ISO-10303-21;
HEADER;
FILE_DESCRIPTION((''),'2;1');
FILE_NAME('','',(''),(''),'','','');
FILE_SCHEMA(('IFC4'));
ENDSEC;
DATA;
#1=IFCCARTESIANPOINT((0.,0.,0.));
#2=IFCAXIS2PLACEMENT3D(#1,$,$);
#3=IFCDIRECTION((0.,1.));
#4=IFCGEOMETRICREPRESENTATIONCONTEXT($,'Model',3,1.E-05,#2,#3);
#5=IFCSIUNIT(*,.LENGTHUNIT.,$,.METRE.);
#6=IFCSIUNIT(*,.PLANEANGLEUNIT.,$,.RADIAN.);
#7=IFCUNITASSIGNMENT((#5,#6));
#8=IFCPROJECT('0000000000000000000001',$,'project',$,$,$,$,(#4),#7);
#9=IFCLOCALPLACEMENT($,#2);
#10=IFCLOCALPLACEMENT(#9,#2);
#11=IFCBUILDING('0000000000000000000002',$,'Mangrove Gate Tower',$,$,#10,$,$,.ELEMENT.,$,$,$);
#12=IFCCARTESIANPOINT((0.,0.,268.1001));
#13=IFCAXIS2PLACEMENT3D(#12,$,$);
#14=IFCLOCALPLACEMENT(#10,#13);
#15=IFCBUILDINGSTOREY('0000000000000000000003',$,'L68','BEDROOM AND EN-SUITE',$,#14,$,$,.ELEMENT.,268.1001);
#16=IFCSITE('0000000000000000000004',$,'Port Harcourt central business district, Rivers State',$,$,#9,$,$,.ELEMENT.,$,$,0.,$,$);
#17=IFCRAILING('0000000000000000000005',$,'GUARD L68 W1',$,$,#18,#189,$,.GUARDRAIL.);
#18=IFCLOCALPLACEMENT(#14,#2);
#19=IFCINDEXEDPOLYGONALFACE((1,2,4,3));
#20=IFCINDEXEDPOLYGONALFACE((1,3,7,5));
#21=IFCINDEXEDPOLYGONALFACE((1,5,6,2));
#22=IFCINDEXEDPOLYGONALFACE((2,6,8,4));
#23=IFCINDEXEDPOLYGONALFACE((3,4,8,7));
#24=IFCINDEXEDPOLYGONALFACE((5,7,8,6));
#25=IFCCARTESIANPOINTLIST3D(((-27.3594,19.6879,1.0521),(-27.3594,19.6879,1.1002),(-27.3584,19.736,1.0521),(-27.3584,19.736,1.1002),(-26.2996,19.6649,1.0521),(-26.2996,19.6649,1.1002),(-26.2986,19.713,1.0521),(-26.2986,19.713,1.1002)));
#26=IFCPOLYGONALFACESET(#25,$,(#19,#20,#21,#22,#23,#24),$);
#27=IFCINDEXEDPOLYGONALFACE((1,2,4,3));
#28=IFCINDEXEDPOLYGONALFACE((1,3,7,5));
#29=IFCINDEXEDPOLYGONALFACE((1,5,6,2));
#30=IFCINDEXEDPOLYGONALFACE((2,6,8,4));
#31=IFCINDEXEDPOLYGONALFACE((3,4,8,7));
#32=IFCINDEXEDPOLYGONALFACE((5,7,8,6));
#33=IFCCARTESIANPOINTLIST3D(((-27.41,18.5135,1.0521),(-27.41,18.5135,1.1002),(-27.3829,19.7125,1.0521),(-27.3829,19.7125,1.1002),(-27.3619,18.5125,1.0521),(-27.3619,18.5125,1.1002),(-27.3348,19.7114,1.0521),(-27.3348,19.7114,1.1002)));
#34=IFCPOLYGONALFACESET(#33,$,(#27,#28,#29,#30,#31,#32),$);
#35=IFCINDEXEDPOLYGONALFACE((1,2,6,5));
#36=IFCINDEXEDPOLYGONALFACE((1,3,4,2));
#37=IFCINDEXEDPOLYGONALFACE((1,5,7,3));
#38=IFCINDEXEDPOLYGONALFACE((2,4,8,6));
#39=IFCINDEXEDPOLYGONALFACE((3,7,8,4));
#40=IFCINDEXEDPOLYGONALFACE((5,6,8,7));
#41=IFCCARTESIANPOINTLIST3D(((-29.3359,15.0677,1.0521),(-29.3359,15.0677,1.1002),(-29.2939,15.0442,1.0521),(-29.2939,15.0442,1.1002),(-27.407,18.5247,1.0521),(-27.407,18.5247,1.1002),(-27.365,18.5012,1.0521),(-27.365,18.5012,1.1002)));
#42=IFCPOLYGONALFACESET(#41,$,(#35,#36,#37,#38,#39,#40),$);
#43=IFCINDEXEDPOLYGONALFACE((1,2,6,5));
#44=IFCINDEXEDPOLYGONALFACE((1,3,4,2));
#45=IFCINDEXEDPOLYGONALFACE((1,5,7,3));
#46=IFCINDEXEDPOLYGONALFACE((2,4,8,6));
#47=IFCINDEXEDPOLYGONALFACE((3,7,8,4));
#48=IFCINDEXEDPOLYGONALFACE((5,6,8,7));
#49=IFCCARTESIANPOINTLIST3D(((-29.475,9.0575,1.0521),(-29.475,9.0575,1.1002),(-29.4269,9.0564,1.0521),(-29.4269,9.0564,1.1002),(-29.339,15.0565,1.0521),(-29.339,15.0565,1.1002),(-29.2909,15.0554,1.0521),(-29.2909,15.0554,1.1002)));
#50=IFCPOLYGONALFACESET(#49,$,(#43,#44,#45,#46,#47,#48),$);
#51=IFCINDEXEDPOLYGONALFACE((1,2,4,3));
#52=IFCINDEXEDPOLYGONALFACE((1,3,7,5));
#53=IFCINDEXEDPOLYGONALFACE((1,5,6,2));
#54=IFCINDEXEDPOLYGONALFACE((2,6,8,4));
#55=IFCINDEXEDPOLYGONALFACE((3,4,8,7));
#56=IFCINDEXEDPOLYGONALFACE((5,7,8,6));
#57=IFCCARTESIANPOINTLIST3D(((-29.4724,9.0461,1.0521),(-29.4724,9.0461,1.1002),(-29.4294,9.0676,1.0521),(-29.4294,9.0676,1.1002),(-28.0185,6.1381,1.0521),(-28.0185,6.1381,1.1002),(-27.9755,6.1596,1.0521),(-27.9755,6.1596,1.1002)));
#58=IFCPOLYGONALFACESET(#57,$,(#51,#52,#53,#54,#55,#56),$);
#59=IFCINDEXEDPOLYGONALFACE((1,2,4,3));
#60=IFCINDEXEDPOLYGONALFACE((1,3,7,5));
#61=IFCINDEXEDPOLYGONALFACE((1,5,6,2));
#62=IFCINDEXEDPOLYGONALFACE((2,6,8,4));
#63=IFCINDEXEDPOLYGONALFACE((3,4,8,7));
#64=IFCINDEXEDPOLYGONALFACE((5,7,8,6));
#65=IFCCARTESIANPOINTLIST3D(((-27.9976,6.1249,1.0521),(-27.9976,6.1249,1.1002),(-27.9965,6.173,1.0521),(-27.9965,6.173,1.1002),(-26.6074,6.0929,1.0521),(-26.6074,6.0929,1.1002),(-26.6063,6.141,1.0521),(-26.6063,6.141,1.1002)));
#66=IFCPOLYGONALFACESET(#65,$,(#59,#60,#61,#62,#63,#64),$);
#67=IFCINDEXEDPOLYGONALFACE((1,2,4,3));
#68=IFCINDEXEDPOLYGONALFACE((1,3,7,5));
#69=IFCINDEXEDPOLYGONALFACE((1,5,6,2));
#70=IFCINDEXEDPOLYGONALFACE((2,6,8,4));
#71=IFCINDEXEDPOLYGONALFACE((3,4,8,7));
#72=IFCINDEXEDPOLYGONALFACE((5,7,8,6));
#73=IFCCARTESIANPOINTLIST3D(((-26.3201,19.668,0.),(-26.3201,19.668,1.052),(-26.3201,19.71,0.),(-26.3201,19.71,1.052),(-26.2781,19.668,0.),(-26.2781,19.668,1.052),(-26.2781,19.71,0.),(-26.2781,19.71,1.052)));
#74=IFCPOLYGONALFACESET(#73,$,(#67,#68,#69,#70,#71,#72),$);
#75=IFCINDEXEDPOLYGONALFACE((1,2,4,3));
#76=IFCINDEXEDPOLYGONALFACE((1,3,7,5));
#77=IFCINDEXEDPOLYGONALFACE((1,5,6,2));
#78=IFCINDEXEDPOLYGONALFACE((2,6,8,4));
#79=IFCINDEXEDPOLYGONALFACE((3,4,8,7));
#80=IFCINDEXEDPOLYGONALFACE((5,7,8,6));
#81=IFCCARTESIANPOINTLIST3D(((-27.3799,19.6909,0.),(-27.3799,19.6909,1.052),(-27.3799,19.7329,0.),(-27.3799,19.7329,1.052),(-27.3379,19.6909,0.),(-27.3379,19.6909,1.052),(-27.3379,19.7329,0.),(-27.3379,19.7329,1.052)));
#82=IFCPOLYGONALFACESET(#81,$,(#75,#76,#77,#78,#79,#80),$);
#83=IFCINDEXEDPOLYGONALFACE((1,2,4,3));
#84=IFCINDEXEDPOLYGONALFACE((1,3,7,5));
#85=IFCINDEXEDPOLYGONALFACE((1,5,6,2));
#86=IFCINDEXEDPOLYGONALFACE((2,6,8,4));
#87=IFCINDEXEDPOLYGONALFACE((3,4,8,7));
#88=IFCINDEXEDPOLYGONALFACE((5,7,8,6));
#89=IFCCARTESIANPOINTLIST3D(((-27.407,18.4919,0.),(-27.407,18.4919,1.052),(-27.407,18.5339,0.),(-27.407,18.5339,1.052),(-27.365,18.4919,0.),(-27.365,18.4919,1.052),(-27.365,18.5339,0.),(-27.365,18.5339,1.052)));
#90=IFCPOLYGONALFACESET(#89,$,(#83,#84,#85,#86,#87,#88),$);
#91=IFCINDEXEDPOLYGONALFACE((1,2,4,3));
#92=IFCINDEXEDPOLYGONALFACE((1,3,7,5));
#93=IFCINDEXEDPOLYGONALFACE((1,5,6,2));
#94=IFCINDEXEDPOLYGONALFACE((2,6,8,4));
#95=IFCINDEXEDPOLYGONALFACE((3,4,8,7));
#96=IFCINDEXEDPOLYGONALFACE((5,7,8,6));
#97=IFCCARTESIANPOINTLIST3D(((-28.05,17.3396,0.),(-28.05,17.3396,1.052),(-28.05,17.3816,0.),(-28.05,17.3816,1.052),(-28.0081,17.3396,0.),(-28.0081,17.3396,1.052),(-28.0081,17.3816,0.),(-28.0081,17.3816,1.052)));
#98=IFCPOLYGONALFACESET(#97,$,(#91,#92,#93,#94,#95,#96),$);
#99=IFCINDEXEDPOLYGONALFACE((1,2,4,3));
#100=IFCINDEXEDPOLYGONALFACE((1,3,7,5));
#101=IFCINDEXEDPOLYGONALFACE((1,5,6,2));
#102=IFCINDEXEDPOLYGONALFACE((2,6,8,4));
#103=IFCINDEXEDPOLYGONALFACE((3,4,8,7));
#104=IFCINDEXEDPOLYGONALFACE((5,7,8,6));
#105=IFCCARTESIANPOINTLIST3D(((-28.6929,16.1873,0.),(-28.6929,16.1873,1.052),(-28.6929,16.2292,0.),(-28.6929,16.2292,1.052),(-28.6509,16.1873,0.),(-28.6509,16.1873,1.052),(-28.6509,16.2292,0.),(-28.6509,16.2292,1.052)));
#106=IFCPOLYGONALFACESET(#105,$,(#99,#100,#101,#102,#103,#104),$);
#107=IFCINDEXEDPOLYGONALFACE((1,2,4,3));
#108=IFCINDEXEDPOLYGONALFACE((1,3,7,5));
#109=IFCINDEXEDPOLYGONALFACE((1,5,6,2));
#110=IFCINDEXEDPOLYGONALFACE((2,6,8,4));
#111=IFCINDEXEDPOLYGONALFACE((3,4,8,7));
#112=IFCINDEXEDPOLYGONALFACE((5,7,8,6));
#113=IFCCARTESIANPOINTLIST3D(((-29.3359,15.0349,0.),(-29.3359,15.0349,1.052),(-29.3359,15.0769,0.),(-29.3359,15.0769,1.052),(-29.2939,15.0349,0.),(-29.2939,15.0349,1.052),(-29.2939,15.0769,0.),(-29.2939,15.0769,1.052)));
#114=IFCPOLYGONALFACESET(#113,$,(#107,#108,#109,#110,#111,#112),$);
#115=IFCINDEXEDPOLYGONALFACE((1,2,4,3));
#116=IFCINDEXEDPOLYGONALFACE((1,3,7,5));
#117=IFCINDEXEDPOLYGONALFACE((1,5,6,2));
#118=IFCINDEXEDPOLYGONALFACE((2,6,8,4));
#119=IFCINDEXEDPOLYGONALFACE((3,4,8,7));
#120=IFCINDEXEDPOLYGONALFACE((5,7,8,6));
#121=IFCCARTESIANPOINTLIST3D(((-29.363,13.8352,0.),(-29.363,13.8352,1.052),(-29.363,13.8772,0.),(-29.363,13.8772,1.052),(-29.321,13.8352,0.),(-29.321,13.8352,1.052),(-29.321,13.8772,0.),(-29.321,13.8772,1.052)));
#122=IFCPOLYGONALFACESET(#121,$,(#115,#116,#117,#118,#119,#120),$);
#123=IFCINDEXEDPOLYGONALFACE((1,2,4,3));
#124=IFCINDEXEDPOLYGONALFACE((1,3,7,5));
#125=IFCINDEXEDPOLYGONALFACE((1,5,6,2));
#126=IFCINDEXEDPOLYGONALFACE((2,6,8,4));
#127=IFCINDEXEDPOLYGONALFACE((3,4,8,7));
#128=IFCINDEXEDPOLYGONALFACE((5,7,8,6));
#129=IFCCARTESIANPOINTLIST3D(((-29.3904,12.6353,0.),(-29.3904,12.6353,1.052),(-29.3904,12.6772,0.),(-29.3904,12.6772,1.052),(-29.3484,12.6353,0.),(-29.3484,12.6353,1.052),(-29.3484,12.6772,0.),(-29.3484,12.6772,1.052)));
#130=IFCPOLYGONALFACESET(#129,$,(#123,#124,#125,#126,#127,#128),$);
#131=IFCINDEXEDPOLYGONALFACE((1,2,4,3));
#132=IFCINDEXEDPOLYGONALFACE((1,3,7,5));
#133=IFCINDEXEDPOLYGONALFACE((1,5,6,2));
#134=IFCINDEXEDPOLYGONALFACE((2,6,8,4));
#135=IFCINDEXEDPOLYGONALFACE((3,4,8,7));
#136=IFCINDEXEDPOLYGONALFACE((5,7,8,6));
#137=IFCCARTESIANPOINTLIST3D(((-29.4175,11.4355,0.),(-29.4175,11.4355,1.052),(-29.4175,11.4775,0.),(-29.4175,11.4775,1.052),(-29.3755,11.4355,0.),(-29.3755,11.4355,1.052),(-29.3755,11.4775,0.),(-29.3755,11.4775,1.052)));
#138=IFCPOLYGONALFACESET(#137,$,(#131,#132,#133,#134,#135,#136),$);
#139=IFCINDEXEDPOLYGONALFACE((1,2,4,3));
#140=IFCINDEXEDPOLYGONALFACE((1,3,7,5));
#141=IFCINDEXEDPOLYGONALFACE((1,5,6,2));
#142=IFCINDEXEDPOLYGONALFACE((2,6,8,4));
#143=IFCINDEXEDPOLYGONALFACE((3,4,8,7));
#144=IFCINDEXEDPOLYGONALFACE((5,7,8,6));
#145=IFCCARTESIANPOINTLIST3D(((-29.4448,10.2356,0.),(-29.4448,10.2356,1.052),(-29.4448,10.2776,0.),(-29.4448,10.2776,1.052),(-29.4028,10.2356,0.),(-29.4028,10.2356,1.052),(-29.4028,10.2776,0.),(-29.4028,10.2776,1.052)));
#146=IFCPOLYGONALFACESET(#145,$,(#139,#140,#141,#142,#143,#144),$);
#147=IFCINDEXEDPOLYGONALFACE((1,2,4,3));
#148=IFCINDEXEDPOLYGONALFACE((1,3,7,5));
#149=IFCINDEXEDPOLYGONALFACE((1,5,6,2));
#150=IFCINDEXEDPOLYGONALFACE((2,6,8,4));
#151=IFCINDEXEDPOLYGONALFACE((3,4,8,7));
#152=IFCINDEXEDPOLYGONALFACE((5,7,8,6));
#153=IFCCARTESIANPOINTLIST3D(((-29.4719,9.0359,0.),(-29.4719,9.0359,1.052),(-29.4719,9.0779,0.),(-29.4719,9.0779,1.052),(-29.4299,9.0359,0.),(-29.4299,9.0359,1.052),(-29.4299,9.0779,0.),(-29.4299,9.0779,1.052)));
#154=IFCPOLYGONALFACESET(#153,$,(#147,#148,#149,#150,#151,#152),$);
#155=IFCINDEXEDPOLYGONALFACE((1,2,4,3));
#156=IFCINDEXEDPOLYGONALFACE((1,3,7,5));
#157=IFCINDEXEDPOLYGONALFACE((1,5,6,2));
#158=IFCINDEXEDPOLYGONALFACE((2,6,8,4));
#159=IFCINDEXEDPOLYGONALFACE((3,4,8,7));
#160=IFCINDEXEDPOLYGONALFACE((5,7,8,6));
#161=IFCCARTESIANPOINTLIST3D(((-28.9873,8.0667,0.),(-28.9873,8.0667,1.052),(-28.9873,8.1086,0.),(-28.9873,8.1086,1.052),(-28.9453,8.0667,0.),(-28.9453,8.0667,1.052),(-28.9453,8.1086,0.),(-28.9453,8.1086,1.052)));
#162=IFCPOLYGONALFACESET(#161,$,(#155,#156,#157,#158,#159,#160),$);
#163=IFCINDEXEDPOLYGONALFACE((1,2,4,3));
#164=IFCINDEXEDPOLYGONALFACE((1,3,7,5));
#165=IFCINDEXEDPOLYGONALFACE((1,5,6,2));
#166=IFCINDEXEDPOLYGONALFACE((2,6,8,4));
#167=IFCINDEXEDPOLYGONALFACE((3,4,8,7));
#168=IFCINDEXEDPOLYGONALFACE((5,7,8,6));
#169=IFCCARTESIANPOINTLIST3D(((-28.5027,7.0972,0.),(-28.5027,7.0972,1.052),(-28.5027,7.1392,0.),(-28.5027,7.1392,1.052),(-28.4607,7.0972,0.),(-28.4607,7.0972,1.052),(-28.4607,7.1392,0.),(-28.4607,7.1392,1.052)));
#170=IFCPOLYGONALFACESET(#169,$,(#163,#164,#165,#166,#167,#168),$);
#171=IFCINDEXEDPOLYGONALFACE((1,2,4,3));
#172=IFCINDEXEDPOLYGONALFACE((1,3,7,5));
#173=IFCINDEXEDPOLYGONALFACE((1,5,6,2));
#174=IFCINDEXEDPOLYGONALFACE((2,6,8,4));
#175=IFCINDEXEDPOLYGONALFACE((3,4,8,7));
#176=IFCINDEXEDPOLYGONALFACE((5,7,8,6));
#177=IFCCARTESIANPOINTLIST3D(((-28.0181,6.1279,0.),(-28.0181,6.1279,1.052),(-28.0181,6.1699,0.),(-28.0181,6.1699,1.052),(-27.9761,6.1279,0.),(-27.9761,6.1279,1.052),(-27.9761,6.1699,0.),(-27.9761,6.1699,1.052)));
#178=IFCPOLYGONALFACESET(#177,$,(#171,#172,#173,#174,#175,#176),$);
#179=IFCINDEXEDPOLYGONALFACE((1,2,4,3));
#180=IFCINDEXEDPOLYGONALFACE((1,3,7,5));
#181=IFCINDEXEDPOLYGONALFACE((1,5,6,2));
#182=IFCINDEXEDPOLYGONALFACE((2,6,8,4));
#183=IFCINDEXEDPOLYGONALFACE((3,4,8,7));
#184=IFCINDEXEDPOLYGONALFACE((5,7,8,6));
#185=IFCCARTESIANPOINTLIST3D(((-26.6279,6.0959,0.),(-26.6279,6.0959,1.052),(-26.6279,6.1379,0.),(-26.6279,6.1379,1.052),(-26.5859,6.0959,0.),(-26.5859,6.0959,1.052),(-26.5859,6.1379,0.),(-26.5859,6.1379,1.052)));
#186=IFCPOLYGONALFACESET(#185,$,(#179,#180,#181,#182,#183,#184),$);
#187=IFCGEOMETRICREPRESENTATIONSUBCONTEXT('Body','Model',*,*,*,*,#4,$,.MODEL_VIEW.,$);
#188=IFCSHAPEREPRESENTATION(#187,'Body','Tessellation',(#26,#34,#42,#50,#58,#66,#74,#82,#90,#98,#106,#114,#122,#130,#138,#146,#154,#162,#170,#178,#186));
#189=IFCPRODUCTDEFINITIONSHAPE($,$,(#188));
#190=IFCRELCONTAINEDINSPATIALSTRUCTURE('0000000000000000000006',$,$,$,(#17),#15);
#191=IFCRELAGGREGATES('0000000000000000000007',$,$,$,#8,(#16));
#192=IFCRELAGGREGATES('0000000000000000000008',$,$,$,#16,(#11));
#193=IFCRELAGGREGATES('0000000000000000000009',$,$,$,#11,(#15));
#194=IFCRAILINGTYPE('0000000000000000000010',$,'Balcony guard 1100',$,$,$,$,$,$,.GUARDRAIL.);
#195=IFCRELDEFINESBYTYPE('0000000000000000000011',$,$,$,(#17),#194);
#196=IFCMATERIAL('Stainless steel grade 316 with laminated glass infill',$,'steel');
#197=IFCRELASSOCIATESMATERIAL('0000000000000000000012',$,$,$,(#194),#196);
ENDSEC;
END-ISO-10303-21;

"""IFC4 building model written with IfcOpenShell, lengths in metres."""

from ifc_helpers import new_model, si_unit, direction, frame, origin, origin_2d, place, context, subcontext, project, spatial, rectangle, extrude, material, type_object, element, save


model = new_model("IFC4")

# Units and contexts
model_context = context("Model", 3, precision=1e-05, world=origin(), true_north=direction((0.0, 1.0)))
body_context = subcontext(model_context, "Body", "Model", "MODEL_VIEW")
ifc_project = project(units=[si_unit("LENGTHUNIT", "METRE"), si_unit("PLANEANGLEUNIT", "RADIAN")], contexts=[model_context])

# Site, building, storey
site_placement = place(None, origin())
site = spatial("IfcSite", under=ifc_project, at=site_placement, Name="Port Harcourt central business district, Rivers State", CompositionType="ELEMENT", RefElevation=0.0)
building_placement = place(site_placement, origin())
building = spatial("IfcBuilding", under=site, at=building_placement, Name="Mangrove Gate Tower", CompositionType="ELEMENT")
storey_placement = place(building_placement, frame((0.0, 0.0, 268.1001)))
storey = spatial("IfcBuildingStorey", under=building, at=storey_placement, Name="L68", Description="BEDROOM AND EN-SUITE", CompositionType="ELEMENT", Elevation=268.1001)

# Railing
ifc_material_1 = material(Name="Stainless steel grade 316 with laminated glass infill", Category="steel")
railing_type = type_object("IfcRailingType", Name="Balcony guard 1100", PredefinedType="GUARDRAIL", material=ifc_material_1)
railing_placement = place(storey_placement, frame((-26.2991, 19.689, 0.0)))
element("IfcRailing", 1, at=railing_placement, inside=storey, type_object=railing_type, Name="GUARD L68 W1", PredefinedType="GUARDRAIL", context=body_context, shape_type="SweptSolid", body=[
    extrude(rectangle(XDim=0.0481, YDim=0.0481, at=origin_2d()), frame((0.0, 0.0, 1.0762), z_axis=(-0.999766, 0.021649, 0.0), x_axis=(-0.021649, -0.999766, 0.0)), (0.0, 0.0, 1.0), 1.0601),
    extrude(rectangle(XDim=0.0481, YDim=0.0481, at=origin_2d()), frame((-1.0598, 0.0229, 1.0762), z_axis=(-0.022597, -0.999745, 0.0), x_axis=(0.999745, -0.022597, 0.0)), (0.0, 0.0, 1.0), 1.1992),
    extrude(rectangle(XDim=0.0481, YDim=0.0481, at=origin_2d()), frame((-1.0869, -1.176, 1.0762), z_axis=(-0.48726, -0.873257, 0.0), x_axis=(0.873257, -0.48726, 0.0)), (0.0, 0.0, 1.0), 3.9587),
    extrude(rectangle(XDim=0.0481, YDim=0.0481, at=origin_2d()), frame((-3.0159, -4.6331, 1.0762), z_axis=(-0.022662, -0.999743, 0.0), x_axis=(0.999743, -0.022662, 0.0)), (0.0, 0.0, 1.0), 6.0005),
    extrude(rectangle(XDim=0.0481, YDim=0.0481, at=origin_2d()), frame((-3.1519, -10.6321, 1.0762), z_axis=(0.447184, -0.894442, 0.0), x_axis=(0.894442, 0.447184, 0.0)), (0.0, 0.0, 1.0), 3.2512),
    extrude(rectangle(XDim=0.0481, YDim=0.0481, at=origin_2d()), frame((-1.698, -13.54, 1.0762), z_axis=(0.999735, -0.023001, 0.0), x_axis=(0.023001, 0.999735, 0.0)), (0.0, 0.0, 1.0), 1.3906),
    extrude(rectangle(XDim=0.042, YDim=0.042, at=origin_2d()), origin(), (0.0, 0.0, 1.0), 1.052),
    extrude(rectangle(XDim=0.042, YDim=0.042, at=origin_2d()), frame((-1.0598, 0.0229, 0.0)), (0.0, 0.0, 1.0), 1.052),
    extrude(rectangle(XDim=0.042, YDim=0.042, at=origin_2d()), frame((-1.0869, -1.176, 0.0)), (0.0, 0.0, 1.0), 1.052),
    extrude(rectangle(XDim=0.042, YDim=0.042, at=origin_2d()), frame((-1.73, -2.3284, 0.0)), (0.0, 0.0, 1.0), 1.052),
    extrude(rectangle(XDim=0.042, YDim=0.042, at=origin_2d()), frame((-2.3728, -3.4807, 0.0)), (0.0, 0.0, 1.0), 1.052),
    extrude(rectangle(XDim=0.042, YDim=0.042, at=origin_2d()), frame((-3.0159, -4.6331, 0.0)), (0.0, 0.0, 1.0), 1.052),
    extrude(rectangle(XDim=0.042, YDim=0.042, at=origin_2d()), frame((-3.043, -5.8328, 0.0)), (0.0, 0.0, 1.0), 1.052),
    extrude(rectangle(XDim=0.042, YDim=0.042, at=origin_2d()), frame((-3.0703, -7.0327, 0.0)), (0.0, 0.0, 1.0), 1.052),
    extrude(rectangle(XDim=0.042, YDim=0.042, at=origin_2d()), frame((-3.0974, -8.2324, 0.0)), (0.0, 0.0, 1.0), 1.052),
    extrude(rectangle(XDim=0.042, YDim=0.042, at=origin_2d()), frame((-3.1248, -9.4324, 0.0)), (0.0, 0.0, 1.0), 1.052),
    extrude(rectangle(XDim=0.042, YDim=0.042, at=origin_2d()), frame((-3.1519, -10.6321, 0.0)), (0.0, 0.0, 1.0), 1.052),
    extrude(rectangle(XDim=0.042, YDim=0.042, at=origin_2d()), frame((-2.6672, -11.6013, 0.0)), (0.0, 0.0, 1.0), 1.052),
    extrude(rectangle(XDim=0.042, YDim=0.042, at=origin_2d()), frame((-2.1826, -12.5708, 0.0)), (0.0, 0.0, 1.0), 1.052),
    extrude(rectangle(XDim=0.042, YDim=0.042, at=origin_2d()), frame((-1.698, -13.54, 0.0)), (0.0, 0.0, 1.0), 1.052),
    extrude(rectangle(XDim=0.042, YDim=0.042, at=origin_2d()), frame((-0.3079, -13.572, 0.0)), (0.0, 0.0, 1.0), 1.052),
])

save(model, "model.ifc")
